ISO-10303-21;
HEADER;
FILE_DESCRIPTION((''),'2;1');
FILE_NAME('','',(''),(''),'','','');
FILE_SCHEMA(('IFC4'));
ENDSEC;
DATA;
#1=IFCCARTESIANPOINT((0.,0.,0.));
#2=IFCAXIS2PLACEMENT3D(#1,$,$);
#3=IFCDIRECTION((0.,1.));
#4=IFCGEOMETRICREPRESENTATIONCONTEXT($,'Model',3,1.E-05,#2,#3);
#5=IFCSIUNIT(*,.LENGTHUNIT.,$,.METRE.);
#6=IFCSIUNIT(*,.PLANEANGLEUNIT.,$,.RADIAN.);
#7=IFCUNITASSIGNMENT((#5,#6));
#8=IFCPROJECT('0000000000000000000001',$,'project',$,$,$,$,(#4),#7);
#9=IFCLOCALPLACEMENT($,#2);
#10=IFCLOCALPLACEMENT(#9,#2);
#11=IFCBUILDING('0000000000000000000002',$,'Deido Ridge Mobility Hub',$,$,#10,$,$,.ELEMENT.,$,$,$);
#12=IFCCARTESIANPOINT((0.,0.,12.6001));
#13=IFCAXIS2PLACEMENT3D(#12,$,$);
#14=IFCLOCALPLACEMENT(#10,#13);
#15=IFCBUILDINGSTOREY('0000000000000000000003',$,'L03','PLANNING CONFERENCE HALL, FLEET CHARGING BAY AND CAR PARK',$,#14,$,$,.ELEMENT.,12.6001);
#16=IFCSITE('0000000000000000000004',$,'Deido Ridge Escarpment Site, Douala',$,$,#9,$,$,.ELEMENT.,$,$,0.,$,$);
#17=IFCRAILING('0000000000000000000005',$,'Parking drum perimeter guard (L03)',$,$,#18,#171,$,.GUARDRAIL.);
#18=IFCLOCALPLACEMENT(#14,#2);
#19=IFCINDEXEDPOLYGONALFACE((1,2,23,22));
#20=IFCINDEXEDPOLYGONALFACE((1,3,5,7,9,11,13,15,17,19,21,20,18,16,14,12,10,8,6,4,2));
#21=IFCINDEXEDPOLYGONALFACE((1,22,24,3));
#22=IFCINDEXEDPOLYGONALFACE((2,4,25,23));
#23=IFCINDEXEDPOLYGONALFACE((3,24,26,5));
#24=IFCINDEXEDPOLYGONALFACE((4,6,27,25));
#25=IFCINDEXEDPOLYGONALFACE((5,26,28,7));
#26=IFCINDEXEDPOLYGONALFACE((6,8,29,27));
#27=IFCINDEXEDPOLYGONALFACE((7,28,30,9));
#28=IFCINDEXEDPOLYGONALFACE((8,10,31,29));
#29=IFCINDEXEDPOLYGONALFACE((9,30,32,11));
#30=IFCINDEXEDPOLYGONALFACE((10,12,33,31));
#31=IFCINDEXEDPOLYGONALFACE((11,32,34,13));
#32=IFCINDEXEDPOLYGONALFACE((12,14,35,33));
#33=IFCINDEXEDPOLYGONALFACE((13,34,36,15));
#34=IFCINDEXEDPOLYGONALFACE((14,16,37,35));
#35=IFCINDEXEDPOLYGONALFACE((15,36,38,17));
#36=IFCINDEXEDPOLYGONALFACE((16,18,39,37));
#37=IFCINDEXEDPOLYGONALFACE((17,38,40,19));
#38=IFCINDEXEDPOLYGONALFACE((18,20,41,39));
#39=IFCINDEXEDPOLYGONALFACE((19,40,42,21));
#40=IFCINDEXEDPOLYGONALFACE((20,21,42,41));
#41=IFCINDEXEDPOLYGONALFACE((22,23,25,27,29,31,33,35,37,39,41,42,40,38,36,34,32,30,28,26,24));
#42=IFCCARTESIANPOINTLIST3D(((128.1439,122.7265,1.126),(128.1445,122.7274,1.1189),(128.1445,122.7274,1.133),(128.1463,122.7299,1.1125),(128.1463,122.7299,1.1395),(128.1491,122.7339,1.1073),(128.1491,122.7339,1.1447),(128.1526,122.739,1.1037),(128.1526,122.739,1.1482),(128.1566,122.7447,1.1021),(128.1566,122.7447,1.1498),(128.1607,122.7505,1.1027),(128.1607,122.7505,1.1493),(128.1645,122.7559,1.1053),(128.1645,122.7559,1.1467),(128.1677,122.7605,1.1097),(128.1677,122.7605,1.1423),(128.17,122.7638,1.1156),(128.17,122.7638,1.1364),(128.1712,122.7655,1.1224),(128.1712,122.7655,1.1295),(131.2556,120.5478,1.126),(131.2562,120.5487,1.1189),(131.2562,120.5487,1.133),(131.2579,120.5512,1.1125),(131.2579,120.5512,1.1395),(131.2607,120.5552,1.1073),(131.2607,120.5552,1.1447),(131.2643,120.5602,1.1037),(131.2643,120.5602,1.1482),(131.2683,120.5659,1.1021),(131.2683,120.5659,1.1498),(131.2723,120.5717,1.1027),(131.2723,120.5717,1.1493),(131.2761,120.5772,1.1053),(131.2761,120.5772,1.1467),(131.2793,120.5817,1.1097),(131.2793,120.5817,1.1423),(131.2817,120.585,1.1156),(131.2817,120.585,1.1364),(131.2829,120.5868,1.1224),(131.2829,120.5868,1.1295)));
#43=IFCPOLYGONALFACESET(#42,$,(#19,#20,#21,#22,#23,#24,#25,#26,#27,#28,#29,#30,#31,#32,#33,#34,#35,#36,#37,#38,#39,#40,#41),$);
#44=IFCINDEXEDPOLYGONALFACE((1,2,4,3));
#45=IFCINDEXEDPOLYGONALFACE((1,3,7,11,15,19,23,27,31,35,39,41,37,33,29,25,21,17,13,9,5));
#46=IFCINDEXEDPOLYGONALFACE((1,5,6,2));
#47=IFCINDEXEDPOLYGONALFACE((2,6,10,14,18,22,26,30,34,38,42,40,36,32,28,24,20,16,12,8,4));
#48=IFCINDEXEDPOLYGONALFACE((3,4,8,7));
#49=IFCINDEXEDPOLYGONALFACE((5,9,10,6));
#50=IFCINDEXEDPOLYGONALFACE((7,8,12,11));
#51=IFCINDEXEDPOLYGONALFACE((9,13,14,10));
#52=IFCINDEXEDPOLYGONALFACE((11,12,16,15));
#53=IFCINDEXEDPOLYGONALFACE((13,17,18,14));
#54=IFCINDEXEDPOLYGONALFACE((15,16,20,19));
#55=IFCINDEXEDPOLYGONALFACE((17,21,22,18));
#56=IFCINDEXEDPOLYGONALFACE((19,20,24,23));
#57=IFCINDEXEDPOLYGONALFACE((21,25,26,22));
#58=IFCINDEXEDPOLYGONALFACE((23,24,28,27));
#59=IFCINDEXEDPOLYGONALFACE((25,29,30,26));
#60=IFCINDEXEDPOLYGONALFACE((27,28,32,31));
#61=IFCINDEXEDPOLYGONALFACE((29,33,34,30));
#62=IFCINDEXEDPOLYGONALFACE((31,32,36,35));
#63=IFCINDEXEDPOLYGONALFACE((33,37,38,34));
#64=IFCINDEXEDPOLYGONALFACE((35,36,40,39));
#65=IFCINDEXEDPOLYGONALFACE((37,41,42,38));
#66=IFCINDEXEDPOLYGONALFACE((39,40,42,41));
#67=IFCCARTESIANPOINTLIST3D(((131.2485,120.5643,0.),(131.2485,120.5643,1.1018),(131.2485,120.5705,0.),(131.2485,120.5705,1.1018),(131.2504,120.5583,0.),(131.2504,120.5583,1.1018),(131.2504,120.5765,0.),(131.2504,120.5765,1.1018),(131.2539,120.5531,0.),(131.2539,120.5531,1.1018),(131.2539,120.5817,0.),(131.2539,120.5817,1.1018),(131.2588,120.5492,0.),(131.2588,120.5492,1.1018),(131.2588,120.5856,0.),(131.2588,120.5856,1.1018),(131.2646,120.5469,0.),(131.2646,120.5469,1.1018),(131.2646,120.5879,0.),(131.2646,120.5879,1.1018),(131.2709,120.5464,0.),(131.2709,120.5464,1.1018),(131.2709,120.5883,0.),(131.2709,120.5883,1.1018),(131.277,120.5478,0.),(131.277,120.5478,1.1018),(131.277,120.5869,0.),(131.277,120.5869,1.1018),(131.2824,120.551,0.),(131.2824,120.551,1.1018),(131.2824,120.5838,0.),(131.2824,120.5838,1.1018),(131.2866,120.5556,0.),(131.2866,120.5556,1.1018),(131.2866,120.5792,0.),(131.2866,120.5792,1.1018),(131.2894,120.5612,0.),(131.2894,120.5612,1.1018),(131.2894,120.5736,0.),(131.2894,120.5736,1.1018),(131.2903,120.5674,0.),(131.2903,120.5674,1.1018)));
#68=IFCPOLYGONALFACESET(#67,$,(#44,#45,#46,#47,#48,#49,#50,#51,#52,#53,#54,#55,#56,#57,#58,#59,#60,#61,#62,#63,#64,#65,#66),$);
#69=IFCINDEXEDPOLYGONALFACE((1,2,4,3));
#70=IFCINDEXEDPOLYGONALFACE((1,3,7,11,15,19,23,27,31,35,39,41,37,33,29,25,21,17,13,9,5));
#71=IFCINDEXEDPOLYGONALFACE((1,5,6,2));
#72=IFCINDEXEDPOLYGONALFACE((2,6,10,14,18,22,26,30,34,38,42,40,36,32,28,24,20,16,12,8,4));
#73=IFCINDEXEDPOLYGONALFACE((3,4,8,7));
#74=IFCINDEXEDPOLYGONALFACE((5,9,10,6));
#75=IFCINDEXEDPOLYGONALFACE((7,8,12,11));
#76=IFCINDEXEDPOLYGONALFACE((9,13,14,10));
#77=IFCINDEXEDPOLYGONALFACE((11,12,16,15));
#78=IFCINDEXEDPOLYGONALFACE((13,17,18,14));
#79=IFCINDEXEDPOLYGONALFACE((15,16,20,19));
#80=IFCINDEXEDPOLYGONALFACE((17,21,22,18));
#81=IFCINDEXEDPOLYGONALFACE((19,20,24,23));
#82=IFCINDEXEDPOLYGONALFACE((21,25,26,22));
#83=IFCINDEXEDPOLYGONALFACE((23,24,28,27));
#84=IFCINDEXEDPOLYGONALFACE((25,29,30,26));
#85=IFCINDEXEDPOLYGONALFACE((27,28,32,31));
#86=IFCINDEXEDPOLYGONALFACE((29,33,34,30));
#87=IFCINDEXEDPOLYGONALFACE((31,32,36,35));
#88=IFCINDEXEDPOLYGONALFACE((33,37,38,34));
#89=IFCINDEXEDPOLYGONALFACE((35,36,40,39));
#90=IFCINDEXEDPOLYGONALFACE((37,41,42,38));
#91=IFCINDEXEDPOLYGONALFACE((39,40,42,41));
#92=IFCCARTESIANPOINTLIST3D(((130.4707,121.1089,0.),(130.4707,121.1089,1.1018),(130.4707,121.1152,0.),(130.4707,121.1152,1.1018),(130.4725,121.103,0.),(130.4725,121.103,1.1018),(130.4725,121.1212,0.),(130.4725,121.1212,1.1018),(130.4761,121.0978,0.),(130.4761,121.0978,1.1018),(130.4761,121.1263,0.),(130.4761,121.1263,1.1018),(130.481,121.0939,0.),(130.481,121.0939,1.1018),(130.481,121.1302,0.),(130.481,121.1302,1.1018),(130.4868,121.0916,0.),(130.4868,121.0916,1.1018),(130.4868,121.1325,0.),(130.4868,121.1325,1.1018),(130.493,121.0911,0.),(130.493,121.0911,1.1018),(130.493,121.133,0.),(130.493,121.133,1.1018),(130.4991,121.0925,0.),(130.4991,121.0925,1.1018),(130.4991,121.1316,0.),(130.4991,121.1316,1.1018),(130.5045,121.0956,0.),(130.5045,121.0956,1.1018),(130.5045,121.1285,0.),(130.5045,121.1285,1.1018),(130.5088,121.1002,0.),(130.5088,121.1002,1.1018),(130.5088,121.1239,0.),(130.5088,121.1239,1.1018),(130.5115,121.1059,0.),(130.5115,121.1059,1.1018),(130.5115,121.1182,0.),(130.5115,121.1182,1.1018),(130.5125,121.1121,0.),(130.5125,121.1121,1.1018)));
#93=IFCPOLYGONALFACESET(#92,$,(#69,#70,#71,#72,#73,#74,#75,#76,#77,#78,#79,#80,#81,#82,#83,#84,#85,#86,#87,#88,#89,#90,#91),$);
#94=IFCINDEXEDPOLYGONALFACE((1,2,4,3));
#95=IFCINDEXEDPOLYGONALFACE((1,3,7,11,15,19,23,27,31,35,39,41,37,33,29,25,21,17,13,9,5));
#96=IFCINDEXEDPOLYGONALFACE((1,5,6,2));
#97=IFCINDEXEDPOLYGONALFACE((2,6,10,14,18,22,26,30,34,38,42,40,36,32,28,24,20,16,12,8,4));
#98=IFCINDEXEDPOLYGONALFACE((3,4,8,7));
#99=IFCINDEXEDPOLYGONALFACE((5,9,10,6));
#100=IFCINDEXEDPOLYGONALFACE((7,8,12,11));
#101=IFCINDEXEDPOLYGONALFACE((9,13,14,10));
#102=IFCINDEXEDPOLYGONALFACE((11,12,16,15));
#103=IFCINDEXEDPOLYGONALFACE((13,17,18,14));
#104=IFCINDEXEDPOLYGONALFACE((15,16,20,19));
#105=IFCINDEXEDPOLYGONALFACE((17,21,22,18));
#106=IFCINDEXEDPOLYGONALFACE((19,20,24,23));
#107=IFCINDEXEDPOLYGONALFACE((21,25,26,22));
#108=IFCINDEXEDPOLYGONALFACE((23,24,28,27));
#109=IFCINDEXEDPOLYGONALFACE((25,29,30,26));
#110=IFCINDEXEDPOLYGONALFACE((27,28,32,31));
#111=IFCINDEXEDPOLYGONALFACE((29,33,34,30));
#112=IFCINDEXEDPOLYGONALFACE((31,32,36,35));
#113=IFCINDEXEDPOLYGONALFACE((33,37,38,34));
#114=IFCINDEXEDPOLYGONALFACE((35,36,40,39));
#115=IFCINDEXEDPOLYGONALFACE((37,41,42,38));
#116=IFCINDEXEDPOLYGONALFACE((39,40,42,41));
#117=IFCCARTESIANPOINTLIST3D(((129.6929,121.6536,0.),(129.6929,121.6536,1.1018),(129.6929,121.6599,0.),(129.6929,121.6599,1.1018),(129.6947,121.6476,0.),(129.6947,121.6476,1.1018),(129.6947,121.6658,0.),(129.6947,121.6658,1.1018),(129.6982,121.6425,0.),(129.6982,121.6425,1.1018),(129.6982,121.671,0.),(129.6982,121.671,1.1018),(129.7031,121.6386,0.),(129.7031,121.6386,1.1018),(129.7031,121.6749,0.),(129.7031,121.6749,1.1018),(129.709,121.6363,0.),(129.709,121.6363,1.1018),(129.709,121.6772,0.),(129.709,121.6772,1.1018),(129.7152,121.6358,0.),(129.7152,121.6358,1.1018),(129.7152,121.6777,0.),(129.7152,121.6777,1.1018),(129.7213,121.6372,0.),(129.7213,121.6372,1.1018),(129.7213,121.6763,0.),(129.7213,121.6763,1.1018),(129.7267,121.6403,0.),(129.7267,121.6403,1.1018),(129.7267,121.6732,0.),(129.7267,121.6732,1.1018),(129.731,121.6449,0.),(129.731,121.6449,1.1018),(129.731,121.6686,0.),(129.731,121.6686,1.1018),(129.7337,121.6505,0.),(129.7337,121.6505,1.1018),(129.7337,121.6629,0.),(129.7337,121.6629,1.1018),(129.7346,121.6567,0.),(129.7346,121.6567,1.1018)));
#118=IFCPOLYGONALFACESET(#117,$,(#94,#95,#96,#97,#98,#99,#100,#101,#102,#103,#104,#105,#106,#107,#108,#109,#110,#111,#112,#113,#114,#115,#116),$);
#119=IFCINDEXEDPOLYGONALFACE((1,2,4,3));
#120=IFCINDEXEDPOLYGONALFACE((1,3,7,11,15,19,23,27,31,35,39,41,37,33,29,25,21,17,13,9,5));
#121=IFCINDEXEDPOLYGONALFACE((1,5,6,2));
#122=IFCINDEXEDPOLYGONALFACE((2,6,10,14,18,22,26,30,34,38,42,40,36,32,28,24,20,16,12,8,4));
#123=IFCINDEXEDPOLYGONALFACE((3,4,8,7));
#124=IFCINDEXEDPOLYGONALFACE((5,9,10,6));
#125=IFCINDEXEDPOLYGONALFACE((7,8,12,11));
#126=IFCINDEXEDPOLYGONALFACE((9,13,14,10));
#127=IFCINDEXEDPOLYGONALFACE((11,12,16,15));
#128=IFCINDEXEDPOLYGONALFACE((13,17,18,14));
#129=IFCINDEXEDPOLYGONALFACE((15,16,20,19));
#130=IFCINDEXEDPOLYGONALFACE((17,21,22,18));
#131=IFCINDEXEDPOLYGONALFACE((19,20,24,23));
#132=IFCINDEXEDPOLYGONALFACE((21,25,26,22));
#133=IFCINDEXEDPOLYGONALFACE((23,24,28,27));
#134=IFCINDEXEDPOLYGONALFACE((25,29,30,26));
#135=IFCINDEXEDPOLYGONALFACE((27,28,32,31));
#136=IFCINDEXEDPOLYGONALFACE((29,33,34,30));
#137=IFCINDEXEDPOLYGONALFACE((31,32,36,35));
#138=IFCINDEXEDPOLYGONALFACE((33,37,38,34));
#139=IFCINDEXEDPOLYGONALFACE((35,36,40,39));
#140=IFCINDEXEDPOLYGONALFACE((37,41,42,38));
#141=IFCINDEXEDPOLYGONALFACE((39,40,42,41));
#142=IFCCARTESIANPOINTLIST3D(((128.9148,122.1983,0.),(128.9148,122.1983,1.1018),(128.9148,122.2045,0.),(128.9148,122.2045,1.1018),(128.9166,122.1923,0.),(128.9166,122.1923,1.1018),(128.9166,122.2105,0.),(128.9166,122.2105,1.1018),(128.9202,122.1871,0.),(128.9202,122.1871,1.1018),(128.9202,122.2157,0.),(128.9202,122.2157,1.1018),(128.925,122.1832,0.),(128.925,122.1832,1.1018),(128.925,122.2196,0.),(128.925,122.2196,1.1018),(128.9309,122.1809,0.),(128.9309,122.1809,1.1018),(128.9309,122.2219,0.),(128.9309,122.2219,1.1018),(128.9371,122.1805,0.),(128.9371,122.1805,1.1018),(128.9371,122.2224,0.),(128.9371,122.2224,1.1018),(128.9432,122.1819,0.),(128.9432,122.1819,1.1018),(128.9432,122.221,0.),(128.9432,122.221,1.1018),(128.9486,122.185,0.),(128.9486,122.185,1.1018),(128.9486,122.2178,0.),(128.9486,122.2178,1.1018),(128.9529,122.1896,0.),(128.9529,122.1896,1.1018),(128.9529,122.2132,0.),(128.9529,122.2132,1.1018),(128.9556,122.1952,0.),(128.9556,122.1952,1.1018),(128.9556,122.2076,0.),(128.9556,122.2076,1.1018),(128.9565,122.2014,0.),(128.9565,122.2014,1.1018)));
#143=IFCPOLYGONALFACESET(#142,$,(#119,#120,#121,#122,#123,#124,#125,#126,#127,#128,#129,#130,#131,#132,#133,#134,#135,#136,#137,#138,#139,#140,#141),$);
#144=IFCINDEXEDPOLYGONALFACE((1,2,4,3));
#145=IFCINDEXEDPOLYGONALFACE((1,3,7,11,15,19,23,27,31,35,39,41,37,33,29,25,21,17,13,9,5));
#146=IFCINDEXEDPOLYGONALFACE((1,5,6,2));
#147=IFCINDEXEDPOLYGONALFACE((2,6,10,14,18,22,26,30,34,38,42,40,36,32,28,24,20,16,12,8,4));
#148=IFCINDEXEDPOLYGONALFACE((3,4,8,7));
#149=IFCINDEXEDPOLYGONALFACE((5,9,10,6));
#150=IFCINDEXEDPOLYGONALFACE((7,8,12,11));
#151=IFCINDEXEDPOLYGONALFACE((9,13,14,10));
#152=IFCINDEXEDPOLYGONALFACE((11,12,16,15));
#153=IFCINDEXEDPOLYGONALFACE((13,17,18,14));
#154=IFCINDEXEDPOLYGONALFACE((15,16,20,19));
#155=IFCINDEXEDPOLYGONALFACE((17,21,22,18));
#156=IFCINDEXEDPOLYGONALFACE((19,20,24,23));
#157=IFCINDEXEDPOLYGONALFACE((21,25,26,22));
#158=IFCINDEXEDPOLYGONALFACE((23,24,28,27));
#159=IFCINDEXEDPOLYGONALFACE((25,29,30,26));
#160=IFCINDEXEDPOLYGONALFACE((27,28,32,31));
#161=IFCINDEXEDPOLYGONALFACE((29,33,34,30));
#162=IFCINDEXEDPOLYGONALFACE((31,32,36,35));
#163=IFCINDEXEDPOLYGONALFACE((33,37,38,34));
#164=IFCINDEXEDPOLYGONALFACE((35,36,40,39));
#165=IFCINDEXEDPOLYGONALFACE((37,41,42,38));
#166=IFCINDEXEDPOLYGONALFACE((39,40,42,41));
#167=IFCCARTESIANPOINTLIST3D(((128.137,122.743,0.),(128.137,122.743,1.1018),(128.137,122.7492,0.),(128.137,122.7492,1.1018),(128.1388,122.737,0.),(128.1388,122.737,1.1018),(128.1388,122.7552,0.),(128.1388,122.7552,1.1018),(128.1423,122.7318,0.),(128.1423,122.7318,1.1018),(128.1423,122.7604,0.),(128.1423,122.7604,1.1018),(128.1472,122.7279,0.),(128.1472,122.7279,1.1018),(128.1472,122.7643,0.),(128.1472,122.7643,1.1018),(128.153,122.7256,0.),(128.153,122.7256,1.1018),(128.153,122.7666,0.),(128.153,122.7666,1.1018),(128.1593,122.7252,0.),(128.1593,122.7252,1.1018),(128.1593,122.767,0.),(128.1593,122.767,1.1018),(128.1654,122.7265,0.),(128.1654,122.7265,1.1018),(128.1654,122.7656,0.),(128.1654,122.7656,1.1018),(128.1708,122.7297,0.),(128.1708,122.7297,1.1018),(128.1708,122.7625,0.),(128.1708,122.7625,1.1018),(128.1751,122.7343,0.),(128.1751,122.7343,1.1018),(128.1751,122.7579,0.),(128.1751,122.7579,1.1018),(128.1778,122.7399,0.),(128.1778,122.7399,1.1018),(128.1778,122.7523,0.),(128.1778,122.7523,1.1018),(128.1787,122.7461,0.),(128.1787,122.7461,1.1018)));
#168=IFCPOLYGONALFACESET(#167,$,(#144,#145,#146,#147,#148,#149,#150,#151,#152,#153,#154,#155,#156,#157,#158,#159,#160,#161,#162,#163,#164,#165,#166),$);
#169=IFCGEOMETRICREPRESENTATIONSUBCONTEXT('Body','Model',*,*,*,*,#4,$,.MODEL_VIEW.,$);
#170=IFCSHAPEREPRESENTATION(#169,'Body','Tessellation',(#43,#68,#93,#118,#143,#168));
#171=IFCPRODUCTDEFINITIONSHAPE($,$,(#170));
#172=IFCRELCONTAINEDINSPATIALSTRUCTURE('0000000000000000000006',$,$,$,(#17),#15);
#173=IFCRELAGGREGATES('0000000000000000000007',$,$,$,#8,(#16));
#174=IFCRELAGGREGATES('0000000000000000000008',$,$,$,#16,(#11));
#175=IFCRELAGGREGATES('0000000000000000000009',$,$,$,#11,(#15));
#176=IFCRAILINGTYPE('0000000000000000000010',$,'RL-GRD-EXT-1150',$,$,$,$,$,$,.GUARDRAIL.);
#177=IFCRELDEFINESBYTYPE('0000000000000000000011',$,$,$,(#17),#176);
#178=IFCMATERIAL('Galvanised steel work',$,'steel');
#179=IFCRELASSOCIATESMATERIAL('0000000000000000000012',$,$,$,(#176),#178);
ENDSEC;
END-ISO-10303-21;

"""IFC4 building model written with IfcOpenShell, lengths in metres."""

from ifc_helpers import new_model, si_unit, direction, frame, origin, origin_2d, place, context, subcontext, project, spatial, circle, extrude, material, type_object, element, save


model = new_model("IFC4")

# Units and contexts
model_context = context("Model", 3, precision=1e-05, world=origin(), true_north=direction((0.0, 1.0)))
body_context = subcontext(model_context, "Body", "Model", "MODEL_VIEW")
ifc_project = project(units=[si_unit("LENGTHUNIT", "METRE"), si_unit("PLANEANGLEUNIT", "RADIAN")], contexts=[model_context])

# Site, building, storey
site_placement = place(None, origin())
site = spatial("IfcSite", under=ifc_project, at=site_placement, Name="Deido Ridge Escarpment Site, Douala", CompositionType="ELEMENT", RefElevation=0.0)
building_placement = place(site_placement, origin())
building = spatial("IfcBuilding", under=site, at=building_placement, Name="Deido Ridge Mobility Hub", CompositionType="ELEMENT")
storey_placement = place(building_placement, frame((0.0, 0.0, 12.6001)))
storey = spatial("IfcBuildingStorey", under=building, at=storey_placement, Name="L03", Description="PLANNING CONFERENCE HALL, FLEET CHARGING BAY AND CAR PARK", CompositionType="ELEMENT", Elevation=12.6001)

# Railing
ifc_material_1 = material(Name="Galvanised steel work", Category="steel")
railing_type = type_object("IfcRailingType", Name="RL-GRD-EXT-1150", PredefinedType="GUARDRAIL", material=ifc_material_1)
railing_1_placement = place(storey_placement, frame((131.2693, 120.5674, 0.0)))
element("IfcRailing", 1, at=railing_1_placement, inside=storey, type_object=railing_type, Name="Parking drum perimeter guard (L03)", PredefinedType="GUARDRAIL", context=body_context, shape_type="SweptSolid", body=[
    extrude(circle(Radius=0.0239, at=origin_2d()), frame((0.0, 0.0, 1.126), z_axis=(-0.819156, 0.57357, 0.0), x_axis=(-0.57357, -0.819156, 0.0)), (0.0, 0.0, 1.0), 3.7986),
    extrude(circle(Radius=0.021, at=origin_2d()), origin(), (0.0, 0.0, 1.0), 1.1018),
    extrude(circle(Radius=0.021, at=origin_2d()), frame((-0.7778, 0.5447, 0.0)), (0.0, 0.0, 1.0), 1.1018),
    extrude(circle(Radius=0.021, at=origin_2d()), frame((-1.5557, 1.0894, 0.0)), (0.0, 0.0, 1.0), 1.1018),
    extrude(circle(Radius=0.021, at=origin_2d()), frame((-2.3337, 1.634, 0.0)), (0.0, 0.0, 1.0), 1.1018),
    extrude(circle(Radius=0.021, at=origin_2d()), frame((-3.1116, 2.1787, 0.0)), (0.0, 0.0, 1.0), 1.1018),
])

save(model, "model.ifc")
